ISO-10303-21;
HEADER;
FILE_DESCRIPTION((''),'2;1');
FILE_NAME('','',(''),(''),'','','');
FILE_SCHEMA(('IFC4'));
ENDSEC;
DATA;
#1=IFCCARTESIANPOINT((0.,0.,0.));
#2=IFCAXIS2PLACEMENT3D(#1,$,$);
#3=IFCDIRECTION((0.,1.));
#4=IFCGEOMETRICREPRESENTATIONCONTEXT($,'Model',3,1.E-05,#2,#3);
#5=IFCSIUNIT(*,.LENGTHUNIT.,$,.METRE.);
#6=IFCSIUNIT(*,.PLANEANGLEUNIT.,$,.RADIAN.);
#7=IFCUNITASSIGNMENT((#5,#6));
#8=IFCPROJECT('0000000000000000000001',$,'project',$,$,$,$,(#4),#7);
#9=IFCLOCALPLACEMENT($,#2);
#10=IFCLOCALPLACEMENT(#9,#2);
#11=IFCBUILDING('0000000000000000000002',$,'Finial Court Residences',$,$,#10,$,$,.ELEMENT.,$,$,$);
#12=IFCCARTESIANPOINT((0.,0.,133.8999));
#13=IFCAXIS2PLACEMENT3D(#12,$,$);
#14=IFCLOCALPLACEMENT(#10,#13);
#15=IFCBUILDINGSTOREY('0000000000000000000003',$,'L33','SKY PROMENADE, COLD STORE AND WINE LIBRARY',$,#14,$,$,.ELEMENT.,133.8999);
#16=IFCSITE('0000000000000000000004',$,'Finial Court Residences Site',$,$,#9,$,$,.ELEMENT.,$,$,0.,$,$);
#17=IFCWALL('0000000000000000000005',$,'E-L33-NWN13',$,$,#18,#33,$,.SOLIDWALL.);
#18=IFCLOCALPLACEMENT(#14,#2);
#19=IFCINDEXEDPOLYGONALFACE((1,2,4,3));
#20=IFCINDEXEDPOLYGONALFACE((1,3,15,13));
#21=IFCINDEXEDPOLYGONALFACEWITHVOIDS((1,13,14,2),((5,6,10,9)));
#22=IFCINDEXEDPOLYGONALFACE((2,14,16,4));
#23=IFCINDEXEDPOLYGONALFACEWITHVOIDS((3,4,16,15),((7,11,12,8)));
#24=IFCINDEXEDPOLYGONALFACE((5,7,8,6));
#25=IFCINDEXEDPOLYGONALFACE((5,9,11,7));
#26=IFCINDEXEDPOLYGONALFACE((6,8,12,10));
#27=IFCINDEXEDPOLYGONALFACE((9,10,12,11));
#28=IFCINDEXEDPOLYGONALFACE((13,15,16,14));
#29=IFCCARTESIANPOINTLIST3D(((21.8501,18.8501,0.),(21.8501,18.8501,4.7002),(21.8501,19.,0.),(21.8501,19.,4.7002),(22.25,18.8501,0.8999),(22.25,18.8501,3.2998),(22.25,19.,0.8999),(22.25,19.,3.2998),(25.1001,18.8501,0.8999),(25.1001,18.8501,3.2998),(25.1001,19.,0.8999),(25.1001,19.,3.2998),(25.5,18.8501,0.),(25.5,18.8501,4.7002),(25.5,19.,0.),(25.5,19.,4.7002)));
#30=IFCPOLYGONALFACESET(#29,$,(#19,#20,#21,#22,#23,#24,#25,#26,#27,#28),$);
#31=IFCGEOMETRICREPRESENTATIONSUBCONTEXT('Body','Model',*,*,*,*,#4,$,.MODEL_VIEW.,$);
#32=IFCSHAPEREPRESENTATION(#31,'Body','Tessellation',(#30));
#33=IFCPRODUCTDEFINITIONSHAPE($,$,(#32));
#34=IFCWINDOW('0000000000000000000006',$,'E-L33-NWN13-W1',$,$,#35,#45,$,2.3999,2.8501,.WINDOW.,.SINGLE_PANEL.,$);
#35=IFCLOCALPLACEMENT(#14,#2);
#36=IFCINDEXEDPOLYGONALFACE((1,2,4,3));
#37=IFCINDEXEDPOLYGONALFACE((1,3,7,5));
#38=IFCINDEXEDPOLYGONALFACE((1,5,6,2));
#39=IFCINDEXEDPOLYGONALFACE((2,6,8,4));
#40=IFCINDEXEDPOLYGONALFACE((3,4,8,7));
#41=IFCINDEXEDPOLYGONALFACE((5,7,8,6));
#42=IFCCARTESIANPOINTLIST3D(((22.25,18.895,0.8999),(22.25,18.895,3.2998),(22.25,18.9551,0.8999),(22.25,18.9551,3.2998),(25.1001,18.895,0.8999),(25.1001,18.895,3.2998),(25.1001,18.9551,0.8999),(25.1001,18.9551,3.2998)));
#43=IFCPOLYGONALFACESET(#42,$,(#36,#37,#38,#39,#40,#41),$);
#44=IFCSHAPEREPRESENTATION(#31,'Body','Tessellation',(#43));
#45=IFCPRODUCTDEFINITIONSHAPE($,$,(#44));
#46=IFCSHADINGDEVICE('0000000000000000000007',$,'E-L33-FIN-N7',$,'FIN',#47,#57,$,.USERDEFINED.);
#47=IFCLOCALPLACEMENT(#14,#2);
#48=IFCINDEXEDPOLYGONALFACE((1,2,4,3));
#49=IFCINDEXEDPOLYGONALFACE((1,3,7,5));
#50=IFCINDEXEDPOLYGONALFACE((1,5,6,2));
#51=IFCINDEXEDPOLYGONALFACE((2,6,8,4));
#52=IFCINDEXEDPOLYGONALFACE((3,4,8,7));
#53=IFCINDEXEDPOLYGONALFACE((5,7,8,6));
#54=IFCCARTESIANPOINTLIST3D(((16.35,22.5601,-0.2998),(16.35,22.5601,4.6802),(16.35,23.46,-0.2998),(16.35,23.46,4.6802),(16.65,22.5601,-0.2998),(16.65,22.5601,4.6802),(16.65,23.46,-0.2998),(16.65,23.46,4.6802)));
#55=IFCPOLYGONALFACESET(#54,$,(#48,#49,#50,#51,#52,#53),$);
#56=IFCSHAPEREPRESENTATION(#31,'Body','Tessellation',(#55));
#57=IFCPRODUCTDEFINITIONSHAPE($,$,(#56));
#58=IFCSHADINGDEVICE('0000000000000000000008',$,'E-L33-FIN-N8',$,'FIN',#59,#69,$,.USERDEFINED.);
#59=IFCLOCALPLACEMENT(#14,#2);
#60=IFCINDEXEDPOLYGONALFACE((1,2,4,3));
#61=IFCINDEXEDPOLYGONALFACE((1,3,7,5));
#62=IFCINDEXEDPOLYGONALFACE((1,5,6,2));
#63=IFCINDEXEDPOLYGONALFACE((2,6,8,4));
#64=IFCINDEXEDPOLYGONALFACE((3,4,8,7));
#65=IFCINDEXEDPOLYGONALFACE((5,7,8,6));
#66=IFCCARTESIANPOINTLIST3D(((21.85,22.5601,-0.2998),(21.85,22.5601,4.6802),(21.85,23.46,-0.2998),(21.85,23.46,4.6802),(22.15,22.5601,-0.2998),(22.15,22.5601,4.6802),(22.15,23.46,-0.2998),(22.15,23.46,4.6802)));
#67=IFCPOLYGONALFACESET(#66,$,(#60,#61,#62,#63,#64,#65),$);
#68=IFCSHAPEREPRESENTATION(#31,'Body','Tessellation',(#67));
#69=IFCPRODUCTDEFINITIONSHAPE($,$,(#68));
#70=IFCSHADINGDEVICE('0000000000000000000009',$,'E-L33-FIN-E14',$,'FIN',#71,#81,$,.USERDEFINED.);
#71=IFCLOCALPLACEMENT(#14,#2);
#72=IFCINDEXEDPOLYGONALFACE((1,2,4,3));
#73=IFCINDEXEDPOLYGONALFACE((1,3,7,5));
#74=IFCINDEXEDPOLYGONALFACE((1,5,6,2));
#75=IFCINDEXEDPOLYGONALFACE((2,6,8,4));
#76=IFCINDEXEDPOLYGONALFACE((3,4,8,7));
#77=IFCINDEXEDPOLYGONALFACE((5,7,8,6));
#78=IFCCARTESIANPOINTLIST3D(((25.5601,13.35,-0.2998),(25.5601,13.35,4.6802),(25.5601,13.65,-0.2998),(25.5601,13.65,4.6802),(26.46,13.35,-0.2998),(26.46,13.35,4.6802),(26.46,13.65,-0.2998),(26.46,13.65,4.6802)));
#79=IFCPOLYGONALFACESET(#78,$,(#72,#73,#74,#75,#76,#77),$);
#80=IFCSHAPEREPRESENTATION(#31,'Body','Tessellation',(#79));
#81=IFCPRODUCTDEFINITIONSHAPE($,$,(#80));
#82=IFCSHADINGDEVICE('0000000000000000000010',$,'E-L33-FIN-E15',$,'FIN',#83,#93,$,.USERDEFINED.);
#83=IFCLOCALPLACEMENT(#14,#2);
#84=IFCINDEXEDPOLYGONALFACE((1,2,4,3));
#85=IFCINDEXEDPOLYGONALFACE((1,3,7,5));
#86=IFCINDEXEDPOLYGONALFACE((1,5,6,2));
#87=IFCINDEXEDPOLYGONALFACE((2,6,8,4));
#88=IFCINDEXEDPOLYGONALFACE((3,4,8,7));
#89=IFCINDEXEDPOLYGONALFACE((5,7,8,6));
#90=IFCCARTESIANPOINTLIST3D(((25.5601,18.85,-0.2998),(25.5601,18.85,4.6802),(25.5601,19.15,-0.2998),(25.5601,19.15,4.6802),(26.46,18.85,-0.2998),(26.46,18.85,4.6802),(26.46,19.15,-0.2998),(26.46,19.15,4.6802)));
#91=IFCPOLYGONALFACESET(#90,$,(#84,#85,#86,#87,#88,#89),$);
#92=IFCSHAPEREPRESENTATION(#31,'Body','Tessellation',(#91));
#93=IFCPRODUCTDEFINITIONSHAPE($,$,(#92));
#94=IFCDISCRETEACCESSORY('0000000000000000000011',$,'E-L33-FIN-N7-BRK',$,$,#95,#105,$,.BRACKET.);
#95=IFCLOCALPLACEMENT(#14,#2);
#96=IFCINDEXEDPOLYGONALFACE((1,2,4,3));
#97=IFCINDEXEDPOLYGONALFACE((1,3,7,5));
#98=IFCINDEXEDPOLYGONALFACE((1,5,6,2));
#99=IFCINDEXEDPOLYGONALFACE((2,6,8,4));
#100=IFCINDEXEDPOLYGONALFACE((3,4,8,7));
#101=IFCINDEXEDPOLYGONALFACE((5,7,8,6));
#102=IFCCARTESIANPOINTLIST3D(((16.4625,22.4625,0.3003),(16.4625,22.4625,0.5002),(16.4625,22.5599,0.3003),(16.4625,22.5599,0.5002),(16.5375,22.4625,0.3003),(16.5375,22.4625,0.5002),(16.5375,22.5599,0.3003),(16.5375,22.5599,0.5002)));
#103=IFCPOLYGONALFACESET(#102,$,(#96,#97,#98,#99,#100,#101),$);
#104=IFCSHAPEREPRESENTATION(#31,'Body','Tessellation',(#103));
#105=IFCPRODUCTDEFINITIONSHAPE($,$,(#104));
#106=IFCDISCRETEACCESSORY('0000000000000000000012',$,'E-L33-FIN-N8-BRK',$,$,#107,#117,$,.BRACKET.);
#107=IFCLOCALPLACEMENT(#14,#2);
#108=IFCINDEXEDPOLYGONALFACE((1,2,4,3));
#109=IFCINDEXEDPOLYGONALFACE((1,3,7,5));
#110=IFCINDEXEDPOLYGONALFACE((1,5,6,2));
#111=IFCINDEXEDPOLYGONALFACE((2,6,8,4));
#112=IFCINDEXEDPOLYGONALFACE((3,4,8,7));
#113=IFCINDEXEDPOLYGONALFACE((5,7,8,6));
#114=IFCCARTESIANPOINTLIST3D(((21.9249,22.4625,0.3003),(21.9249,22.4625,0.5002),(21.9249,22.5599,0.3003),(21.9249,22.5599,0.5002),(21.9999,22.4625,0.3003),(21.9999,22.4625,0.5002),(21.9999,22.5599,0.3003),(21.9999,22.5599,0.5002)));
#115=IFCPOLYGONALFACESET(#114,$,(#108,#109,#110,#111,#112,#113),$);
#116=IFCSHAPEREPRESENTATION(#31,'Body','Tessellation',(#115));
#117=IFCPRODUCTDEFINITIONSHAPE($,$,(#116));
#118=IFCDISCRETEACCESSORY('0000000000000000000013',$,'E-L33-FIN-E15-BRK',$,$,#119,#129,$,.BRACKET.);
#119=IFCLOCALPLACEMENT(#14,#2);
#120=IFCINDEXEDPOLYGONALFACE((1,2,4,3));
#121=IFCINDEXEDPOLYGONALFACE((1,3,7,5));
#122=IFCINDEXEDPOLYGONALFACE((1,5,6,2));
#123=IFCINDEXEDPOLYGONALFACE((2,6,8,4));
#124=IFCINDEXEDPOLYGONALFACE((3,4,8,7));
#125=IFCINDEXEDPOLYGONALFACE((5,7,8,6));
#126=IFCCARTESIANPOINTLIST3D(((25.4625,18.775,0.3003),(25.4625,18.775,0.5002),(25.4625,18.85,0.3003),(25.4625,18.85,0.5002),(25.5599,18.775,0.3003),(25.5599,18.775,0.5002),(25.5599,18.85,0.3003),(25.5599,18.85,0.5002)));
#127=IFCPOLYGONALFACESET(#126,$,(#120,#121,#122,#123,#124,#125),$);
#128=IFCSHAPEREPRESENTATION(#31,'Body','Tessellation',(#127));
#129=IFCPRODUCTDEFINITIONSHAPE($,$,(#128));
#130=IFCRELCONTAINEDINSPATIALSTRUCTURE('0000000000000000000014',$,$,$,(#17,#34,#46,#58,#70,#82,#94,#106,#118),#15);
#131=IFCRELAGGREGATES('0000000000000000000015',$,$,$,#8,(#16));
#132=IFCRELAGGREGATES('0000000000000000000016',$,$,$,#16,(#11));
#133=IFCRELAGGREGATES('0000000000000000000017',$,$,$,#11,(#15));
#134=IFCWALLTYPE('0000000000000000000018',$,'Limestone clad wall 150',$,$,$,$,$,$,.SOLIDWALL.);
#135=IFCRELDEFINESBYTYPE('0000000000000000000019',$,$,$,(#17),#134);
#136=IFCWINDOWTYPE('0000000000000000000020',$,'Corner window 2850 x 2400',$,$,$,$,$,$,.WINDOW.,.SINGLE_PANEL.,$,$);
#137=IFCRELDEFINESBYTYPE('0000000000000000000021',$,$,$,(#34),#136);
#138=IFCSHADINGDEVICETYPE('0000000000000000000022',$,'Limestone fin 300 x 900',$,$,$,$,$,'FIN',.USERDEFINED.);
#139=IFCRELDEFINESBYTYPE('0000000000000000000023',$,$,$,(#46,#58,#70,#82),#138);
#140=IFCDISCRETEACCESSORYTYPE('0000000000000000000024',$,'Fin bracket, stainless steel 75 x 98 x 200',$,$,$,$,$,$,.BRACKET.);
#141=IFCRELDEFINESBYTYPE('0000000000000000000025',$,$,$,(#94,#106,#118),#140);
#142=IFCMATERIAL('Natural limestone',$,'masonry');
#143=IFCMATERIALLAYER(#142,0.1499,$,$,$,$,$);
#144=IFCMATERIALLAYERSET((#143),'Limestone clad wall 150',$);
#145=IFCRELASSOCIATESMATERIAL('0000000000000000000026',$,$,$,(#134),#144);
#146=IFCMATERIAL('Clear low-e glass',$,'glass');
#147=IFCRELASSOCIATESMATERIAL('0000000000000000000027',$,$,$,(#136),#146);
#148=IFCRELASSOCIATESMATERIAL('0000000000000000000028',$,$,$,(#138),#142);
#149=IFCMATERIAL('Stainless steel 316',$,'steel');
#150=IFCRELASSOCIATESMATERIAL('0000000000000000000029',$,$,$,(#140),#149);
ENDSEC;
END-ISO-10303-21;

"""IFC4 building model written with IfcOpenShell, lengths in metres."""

from ifc_helpers import new_model, si_unit, direction, frame, frame_2d, origin, origin_2d, place, context, subcontext, project, spatial, rectangle, extrude, material, layer, layer_set, type_object, element, fill, save


model = new_model("IFC4")

# Units and contexts
model_context = context("Model", 3, precision=1e-05, world=origin(), true_north=direction((0.0, 1.0)))
body_context = subcontext(model_context, "Body", "Model", "MODEL_VIEW")
ifc_project = project(units=[si_unit("LENGTHUNIT", "METRE"), si_unit("PLANEANGLEUNIT", "RADIAN")], contexts=[model_context])

# Site, building, storey
site_placement = place(None, origin())
site = spatial("IfcSite", under=ifc_project, at=site_placement, Name="Finial Court Residences Site", CompositionType="ELEMENT", RefElevation=0.0)
building_placement = place(site_placement, origin())
building = spatial("IfcBuilding", under=site, at=building_placement, Name="Finial Court Residences", CompositionType="ELEMENT")
storey_placement = place(building_placement, frame((0.0, 0.0, 133.8999)))
storey = spatial("IfcBuildingStorey", under=building, at=storey_placement, Name="L33", Description="SKY PROMENADE, COLD STORE AND WINE LIBRARY", CompositionType="ELEMENT", Elevation=133.8999)

# Shared definitions
ifc_material_1 = material(Name="Clear low-e glass", Category="glass")

# Wall, opening, window
ifc_material_2 = material(Name="Natural limestone", Category="masonry")
ifc_layer_1 = layer(ifc_material_2, 0.1499)
ifc_layer_set_1 = layer_set([ifc_layer_1], Name="Limestone clad wall 150")
wall_type = type_object("IfcWallType", Name="Limestone clad wall 150", PredefinedType="SOLIDWALL", material=ifc_layer_set_1)
wall_1_placement = place(storey_placement, frame((21.8501, 18.925, 0.0), z_axis=(0.0, 0.0, 1.0), x_axis=(1.0, 0.0, 0.0)))
wall_1 = element("IfcWall", 1, at=wall_1_placement, inside=storey, type_object=wall_type, Name="E-L33-NWN13", PredefinedType="SOLIDWALL", context=body_context, shape_type="SweptSolid", body=[
    extrude(rectangle(XDim=3.6499, YDim=0.1499, at=frame_2d((1.825, 0.0))), origin(), (0.0, 0.0, 1.0), 4.7002),
])
opening_1_placement = place(wall_1_placement, frame((0.3999, 0.0, 0.8999)))
opening_1 = element("IfcOpeningElement", 2, at=opening_1_placement, cuts=wall_1, PredefinedType="OPENING", context=body_context, shape_type="SweptSolid", body=[
    extrude(rectangle(XDim=2.8501, YDim=2.3999, at=frame_2d((1.425, 1.2))), frame((0.0, 0.085, 0.0), z_axis=(0.0, -1.0, 0.0), x_axis=(1.0, 0.0, 0.0)), (0.0, 0.0, 1.0), 0.1699),
])
window_type_1 = type_object("IfcWindowType", Name="Corner window 2850 x 2400", PartitioningType="SINGLE_PANEL", PredefinedType="WINDOW", material=ifc_material_1)
window_1_placement = place(opening_1_placement, origin())
window_1 = element("IfcWindow", 3, at=window_1_placement, inside=storey, type_object=window_type_1, Name="E-L33-NWN13-W1", OverallHeight=2.3999, OverallWidth=2.8501, PartitioningType="SINGLE_PANEL", PredefinedType="WINDOW", context=body_context, shape_type="SweptSolid", body=[
    extrude(rectangle(XDim=2.8501, YDim=2.3999, at=frame_2d((1.425, 1.2))), frame((0.0, 0.03, 0.0), z_axis=(0.0, -1.0, 0.0), x_axis=(1.0, 0.0, 0.0)), (0.0, 0.0, 1.0), 0.0601),
])
fill(opening_1, window_1)

# Shading devices
shading_device_type = type_object("IfcShadingDeviceType", Name="Limestone fin 300 x 900", ElementType="FIN", PredefinedType="USERDEFINED", material=ifc_material_2)
for number, where, z_axis, x_axis, name in (
    (4, (16.5, 23.01, -0.2998), (0.0, 0.0, 1.0), (1.0, 0.0, 0.0), "E-L33-FIN-N7"),
    (5, (22.0, 23.01, -0.2998), (0.0, 0.0, 1.0), (1.0, 0.0, 0.0), "E-L33-FIN-N8"),
):
    element("IfcShadingDevice", number, at=place(storey_placement, frame(where, z_axis=z_axis, x_axis=x_axis)), inside=storey, type_object=shading_device_type, Name=name, ObjectType="FIN", PredefinedType="USERDEFINED", context=body_context, shape_type="SweptSolid", body=[
        extrude(rectangle(XDim=0.3, YDim=0.8999, at=origin_2d()), origin(), (0.0, 0.0, 1.0), 4.98),
    ])
for number, where, z_axis, x_axis, name in (
    (6, (26.01, 13.5, -0.2998), (0.0, 0.0, 1.0), (1.0, 0.0, 0.0), "E-L33-FIN-E14"),
    (7, (26.01, 19.0, -0.2998), (0.0, 0.0, 1.0), (1.0, 0.0, 0.0), "E-L33-FIN-E15"),
):
    element("IfcShadingDevice", number, at=place(storey_placement, frame(where, z_axis=z_axis, x_axis=x_axis)), inside=storey, type_object=shading_device_type, Name=name, ObjectType="FIN", PredefinedType="USERDEFINED", context=body_context, shape_type="SweptSolid", body=[
        extrude(rectangle(XDim=0.8999, YDim=0.3, at=origin_2d()), origin(), (0.0, 0.0, 1.0), 4.98),
    ])

# Discrete accessories
ifc_material_3 = material(Name="Stainless steel 316", Category="steel")
discrete_accessory_type = type_object("IfcDiscreteAccessoryType", Name="Fin bracket, stainless steel 75 x 98 x 200", PredefinedType="BRACKET", material=ifc_material_3)
for number, where, z_axis, x_axis, name in (
    (8, (16.5, 22.5112, 0.3003), (0.0, 0.0, 1.0), (1.0, 0.0, 0.0), "E-L33-FIN-N7-BRK"),
    (9, (21.9624, 22.5112, 0.3003), (0.0, 0.0, 1.0), (1.0, 0.0, 0.0), "E-L33-FIN-N8-BRK"),
):
    element("IfcDiscreteAccessory", number, at=place(storey_placement, frame(where, z_axis=z_axis, x_axis=x_axis)), inside=storey, type_object=discrete_accessory_type, Name=name, PredefinedType="BRACKET", context=body_context, shape_type="SweptSolid", body=[
        extrude(rectangle(XDim=0.075, YDim=0.0974, at=origin_2d()), origin(), (0.0, 0.0, 1.0), 0.2),
    ])
discrete_accessory_placement = place(storey_placement, frame((25.5112, 18.8125, 0.3003), z_axis=(0.0, 0.0, 1.0), x_axis=(1.0, 0.0, 0.0)))
element("IfcDiscreteAccessory", 10, at=discrete_accessory_placement, inside=storey, type_object=discrete_accessory_type, Name="E-L33-FIN-E15-BRK", PredefinedType="BRACKET", context=body_context, shape_type="SweptSolid", body=[
    extrude(rectangle(XDim=0.0974, YDim=0.075, at=origin_2d()), origin(), (0.0, 0.0, 1.0), 0.2),
])

save(model, "model.ifc")
